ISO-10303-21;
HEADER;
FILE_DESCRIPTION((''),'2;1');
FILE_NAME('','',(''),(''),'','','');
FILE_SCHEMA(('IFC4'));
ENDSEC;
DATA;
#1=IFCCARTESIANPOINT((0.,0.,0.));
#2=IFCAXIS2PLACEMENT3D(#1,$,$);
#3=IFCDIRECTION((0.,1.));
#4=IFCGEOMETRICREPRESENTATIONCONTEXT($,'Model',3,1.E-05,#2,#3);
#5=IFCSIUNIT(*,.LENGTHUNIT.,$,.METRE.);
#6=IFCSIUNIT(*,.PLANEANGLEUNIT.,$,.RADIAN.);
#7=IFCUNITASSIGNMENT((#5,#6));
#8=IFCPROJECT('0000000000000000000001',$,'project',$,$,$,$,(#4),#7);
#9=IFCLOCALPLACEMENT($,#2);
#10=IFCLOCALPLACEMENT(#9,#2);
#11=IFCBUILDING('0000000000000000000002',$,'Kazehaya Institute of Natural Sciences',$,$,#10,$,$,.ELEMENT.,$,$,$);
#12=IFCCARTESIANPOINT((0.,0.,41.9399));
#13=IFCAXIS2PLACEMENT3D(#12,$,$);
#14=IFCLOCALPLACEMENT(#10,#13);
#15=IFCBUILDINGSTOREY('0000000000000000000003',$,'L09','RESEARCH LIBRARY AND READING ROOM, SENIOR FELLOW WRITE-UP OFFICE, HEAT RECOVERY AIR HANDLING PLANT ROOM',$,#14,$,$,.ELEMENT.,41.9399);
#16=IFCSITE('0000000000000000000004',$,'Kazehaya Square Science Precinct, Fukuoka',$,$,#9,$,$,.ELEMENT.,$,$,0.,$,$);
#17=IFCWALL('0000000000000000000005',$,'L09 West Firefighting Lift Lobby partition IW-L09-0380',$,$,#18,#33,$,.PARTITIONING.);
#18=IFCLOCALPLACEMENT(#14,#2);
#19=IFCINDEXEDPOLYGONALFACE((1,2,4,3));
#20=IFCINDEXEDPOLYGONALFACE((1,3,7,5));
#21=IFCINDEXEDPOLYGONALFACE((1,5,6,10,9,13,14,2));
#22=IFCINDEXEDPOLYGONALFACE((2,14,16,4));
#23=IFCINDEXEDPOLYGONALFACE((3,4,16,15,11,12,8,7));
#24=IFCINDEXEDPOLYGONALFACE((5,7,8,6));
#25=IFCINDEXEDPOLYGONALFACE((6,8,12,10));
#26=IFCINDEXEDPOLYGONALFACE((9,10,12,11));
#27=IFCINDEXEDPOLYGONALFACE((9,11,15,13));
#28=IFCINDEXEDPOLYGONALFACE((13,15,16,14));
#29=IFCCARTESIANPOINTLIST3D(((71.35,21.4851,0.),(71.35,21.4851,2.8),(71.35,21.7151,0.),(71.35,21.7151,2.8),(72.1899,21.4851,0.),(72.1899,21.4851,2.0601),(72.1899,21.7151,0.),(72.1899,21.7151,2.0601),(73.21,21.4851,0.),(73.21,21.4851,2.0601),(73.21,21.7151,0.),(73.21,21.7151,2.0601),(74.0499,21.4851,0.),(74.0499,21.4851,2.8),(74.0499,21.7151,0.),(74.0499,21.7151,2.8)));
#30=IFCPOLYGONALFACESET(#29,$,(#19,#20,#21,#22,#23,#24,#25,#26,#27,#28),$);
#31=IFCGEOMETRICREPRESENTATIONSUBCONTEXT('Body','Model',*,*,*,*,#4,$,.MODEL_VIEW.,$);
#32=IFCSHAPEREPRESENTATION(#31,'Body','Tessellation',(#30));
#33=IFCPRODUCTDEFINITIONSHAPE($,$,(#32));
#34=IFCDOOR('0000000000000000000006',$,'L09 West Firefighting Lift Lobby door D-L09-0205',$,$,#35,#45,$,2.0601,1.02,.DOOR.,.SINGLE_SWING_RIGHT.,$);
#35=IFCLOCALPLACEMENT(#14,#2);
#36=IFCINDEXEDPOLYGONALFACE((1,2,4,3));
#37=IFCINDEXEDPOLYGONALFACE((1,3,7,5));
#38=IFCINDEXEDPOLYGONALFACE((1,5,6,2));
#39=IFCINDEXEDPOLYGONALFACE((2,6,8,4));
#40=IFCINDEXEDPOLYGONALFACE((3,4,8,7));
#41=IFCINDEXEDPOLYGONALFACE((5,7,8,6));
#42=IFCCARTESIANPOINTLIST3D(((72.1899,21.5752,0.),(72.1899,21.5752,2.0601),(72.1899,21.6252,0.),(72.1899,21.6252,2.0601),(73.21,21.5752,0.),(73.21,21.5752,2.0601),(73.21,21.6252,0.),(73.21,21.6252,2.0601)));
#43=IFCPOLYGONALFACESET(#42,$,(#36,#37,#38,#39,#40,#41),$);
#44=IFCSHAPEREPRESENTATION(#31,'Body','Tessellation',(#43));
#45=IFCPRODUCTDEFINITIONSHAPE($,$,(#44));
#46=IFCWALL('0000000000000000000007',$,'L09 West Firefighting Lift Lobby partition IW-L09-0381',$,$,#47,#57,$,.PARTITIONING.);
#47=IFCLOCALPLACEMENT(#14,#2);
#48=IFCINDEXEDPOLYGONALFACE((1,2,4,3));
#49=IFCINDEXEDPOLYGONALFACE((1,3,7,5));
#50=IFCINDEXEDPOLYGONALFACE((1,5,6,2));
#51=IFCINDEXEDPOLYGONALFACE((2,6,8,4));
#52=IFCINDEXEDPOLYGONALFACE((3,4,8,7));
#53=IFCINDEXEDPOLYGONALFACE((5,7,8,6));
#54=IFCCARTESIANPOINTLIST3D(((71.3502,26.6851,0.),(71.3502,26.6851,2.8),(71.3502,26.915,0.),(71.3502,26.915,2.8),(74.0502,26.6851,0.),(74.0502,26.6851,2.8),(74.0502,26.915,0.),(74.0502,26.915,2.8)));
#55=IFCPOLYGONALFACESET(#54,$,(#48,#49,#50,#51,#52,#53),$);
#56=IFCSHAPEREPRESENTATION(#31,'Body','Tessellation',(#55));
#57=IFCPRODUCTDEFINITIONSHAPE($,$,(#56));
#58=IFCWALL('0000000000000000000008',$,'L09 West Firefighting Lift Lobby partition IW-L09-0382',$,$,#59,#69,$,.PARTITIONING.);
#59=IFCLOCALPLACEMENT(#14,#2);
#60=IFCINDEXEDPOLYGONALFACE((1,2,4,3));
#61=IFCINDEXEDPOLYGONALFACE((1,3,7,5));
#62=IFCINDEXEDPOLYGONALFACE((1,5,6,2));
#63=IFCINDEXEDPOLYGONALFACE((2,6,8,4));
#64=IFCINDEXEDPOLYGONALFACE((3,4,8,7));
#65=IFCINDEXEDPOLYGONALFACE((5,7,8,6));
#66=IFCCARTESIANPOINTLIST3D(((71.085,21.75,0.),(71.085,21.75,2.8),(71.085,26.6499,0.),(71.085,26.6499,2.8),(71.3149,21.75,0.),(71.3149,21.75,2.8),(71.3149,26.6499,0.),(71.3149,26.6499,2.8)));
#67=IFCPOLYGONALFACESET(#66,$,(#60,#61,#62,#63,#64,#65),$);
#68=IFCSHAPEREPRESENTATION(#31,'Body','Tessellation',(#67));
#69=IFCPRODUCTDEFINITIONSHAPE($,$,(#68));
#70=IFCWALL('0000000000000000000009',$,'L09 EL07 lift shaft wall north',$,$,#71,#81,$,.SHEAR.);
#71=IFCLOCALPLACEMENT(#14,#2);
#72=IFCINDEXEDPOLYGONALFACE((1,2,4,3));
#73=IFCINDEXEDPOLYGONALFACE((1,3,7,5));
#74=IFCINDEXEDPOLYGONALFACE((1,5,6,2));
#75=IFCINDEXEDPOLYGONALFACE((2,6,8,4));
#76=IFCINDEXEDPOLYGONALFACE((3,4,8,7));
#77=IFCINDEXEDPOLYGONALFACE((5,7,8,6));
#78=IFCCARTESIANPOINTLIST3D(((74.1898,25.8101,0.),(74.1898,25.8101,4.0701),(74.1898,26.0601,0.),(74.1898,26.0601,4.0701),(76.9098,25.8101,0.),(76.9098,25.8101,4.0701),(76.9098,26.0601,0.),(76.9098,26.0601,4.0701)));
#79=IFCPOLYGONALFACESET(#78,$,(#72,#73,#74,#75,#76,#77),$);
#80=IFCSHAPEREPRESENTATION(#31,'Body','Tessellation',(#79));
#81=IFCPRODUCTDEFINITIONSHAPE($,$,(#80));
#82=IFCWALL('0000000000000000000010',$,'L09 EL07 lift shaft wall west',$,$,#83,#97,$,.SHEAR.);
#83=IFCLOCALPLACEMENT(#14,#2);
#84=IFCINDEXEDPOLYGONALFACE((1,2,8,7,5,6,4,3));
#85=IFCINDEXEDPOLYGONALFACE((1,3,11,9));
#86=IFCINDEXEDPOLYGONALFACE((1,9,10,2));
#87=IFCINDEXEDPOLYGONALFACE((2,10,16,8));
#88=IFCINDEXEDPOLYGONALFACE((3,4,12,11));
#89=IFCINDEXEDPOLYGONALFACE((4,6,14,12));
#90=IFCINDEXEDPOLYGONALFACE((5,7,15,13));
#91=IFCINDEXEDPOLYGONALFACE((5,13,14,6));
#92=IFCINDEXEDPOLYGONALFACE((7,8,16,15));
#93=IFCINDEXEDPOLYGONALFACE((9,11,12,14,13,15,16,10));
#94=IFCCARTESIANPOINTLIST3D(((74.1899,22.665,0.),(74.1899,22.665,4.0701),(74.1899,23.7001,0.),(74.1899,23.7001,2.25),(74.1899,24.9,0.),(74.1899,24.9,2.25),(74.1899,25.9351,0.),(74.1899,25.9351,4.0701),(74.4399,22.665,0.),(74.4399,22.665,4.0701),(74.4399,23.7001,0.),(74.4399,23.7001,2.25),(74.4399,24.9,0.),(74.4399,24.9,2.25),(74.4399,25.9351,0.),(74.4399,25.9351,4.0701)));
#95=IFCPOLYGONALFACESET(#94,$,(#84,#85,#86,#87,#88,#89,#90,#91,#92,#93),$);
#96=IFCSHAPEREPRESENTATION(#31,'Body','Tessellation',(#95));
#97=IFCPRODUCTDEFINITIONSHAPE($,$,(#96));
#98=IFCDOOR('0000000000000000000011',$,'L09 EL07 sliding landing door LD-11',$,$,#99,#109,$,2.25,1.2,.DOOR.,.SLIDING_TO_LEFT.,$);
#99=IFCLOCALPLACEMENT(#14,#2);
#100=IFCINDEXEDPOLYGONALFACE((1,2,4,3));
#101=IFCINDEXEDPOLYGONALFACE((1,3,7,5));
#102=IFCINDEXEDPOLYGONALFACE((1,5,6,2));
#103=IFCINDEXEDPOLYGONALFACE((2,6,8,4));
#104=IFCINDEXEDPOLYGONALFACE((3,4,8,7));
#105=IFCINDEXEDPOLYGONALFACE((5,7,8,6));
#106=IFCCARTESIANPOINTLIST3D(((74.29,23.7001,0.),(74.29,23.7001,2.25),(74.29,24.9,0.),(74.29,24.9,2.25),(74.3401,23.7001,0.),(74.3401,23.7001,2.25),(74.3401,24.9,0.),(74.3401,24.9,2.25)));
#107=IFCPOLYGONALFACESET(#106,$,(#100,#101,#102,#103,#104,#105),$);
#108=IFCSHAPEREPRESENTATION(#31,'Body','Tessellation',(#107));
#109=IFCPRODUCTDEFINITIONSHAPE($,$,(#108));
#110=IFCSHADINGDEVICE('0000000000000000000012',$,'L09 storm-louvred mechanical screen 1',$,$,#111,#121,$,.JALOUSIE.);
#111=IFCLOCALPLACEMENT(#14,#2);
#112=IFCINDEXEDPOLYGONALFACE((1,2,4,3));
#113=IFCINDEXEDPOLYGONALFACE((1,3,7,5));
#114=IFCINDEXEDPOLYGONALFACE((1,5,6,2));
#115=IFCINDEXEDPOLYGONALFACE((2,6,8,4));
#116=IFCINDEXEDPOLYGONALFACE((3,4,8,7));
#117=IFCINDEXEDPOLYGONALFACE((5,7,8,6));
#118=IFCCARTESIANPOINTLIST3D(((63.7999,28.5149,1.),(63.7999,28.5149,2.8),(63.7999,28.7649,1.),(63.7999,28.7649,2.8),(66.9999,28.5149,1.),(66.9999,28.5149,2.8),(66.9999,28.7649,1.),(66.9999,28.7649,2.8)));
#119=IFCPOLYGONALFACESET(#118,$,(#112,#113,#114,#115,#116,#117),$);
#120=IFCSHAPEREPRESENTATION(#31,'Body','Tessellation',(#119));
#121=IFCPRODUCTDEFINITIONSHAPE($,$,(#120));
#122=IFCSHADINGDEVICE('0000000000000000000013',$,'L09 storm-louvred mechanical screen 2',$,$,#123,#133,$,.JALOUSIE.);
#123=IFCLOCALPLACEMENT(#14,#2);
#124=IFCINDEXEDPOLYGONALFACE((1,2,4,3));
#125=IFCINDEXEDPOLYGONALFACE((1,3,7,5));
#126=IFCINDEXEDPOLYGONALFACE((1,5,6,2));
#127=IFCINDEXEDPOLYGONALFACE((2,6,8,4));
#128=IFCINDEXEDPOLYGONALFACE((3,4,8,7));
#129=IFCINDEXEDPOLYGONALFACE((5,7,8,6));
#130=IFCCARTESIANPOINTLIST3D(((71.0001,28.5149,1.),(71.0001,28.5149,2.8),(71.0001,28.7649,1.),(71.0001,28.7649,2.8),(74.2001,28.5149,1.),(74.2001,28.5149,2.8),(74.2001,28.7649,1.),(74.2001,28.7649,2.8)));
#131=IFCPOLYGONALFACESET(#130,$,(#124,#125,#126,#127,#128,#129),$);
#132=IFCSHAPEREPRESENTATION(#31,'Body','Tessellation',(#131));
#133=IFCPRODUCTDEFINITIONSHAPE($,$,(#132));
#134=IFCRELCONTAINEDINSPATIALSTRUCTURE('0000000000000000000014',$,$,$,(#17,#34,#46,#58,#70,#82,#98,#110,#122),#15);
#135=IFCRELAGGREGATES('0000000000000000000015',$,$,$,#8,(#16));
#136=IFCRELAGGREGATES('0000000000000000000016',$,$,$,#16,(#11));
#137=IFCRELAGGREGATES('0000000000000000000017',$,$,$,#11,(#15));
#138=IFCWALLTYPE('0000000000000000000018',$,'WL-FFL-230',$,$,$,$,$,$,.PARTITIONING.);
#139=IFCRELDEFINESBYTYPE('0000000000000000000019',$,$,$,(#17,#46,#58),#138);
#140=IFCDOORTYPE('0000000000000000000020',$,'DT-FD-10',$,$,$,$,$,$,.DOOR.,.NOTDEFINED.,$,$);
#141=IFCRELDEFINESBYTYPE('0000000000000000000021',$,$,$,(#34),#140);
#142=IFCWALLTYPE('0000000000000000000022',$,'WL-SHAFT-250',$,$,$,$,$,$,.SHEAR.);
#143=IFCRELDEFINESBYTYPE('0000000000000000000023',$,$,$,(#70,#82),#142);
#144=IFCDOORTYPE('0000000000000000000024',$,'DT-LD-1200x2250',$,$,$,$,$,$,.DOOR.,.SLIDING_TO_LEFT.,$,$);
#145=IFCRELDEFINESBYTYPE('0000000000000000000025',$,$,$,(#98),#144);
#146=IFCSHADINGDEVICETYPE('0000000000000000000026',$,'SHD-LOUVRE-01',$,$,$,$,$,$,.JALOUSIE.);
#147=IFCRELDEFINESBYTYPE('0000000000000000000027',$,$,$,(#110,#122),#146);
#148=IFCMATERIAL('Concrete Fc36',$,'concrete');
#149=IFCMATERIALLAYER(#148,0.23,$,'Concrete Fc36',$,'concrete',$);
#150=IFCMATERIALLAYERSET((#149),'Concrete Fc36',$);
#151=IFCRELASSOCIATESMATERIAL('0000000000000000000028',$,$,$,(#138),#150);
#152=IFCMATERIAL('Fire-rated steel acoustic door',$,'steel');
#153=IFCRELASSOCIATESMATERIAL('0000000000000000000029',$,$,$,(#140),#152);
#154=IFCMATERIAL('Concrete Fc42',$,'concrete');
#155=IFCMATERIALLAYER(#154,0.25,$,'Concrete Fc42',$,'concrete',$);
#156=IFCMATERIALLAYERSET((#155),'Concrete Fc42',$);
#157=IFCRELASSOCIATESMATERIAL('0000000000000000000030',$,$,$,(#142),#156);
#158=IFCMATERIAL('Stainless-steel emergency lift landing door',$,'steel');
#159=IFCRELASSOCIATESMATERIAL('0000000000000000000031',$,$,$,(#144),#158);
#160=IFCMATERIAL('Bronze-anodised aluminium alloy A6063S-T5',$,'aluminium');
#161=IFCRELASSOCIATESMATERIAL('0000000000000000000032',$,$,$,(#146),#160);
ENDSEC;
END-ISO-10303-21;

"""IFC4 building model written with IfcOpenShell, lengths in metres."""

from ifc_helpers import new_model, si_unit, direction, frame, frame_2d, origin, origin_2d, place, context, subcontext, project, spatial, rectangle, extrude, material, layer, layer_set, type_object, element, fill, save


model = new_model("IFC4")

# Units and contexts
model_context = context("Model", 3, precision=1e-05, world=origin(), true_north=direction((0.0, 1.0)))
body_context = subcontext(model_context, "Body", "Model", "MODEL_VIEW")
ifc_project = project(units=[si_unit("LENGTHUNIT", "METRE"), si_unit("PLANEANGLEUNIT", "RADIAN")], contexts=[model_context])

# Site, building, storey
site_placement = place(None, origin())
site = spatial("IfcSite", under=ifc_project, at=site_placement, Name="Kazehaya Square Science Precinct, Fukuoka", CompositionType="ELEMENT", RefElevation=0.0)
building_placement = place(site_placement, origin())
building = spatial("IfcBuilding", under=site, at=building_placement, Name="Kazehaya Institute of Natural Sciences", CompositionType="ELEMENT")
storey_placement = place(building_placement, frame((0.0, 0.0, 41.9399)))
storey = spatial("IfcBuildingStorey", under=building, at=storey_placement, Name="L09", Description="RESEARCH LIBRARY AND READING ROOM, SENIOR FELLOW WRITE-UP OFFICE, HEAT RECOVERY AIR HANDLING PLANT ROOM", CompositionType="ELEMENT", Elevation=41.9399)

# Shared definitions
ifc_material_1 = material(Name="Concrete Fc36", Category="concrete")

# Shared definitions
ifc_material_2 = material(Name="Concrete Fc42", Category="concrete")
ifc_material_3 = material(Name="Fire-rated steel acoustic door", Category="steel")

# Wall, opening, door
ifc_layer_1 = layer(ifc_material_1, 0.23, Name="Concrete Fc36", Category="concrete")
ifc_layer_set_1 = layer_set([ifc_layer_1], Name="Concrete Fc36")
wall_type_1 = type_object("IfcWallType", Name="WL-FFL-230", PredefinedType="PARTITIONING", material=ifc_layer_set_1)
wall_1_placement = place(storey_placement, frame((74.05, 21.6001, 0.0), z_axis=(0.0, 0.0, 1.0), x_axis=(-1.0, 0.0, 0.0)))
wall_1 = element("IfcWall", 1, at=wall_1_placement, inside=storey, type_object=wall_type_1, Name="L09 West Firefighting Lift Lobby partition IW-L09-0380", PredefinedType="PARTITIONING", context=body_context, shape_type="SweptSolid", body=[
    extrude(rectangle(XDim=2.7, YDim=0.23, at=frame_2d((1.3501, 0.0))), origin(), (0.0, 0.0, 1.0), 2.8),
])
opening_1_placement = place(wall_1_placement, frame((0.8401, 0.0, 0.0)))
opening_1 = element("IfcOpeningElement", 2, at=opening_1_placement, cuts=wall_1, PredefinedType="OPENING", context=body_context, shape_type="SweptSolid", body=[
    extrude(rectangle(XDim=1.02, YDim=2.0601, at=frame_2d((0.51, 1.03))), frame((0.0, 0.125, 0.0), z_axis=(0.0, -1.0, 0.0), x_axis=(1.0, 0.0, 0.0)), (0.0, 0.0, 1.0), 0.25),
])
door_type_1 = type_object("IfcDoorType", Name="DT-FD-10", OperationType="NOTDEFINED", PredefinedType="DOOR", material=ifc_material_3)
door_1_placement = place(opening_1_placement, origin())
door_1 = element("IfcDoor", 3, at=door_1_placement, inside=storey, type_object=door_type_1, Name="L09 West Firefighting Lift Lobby door D-L09-0205", OperationType="SINGLE_SWING_RIGHT", OverallHeight=2.0601, OverallWidth=1.02, PredefinedType="DOOR", context=body_context, shape_type="SweptSolid", body=[
    extrude(rectangle(XDim=1.02, YDim=2.0601, at=frame_2d((0.51, 1.03))), frame((0.0, 0.0249, 0.0), z_axis=(0.0, -1.0, 0.0), x_axis=(1.0, 0.0, 0.0)), (0.0, 0.0, 1.0), 0.05),
])
fill(opening_1, door_1)

# Walls
wall_2_placement = place(storey_placement, frame((71.3501, 26.8, 0.0), z_axis=(0.0, 0.0, 1.0), x_axis=(1.0, 0.0, 0.0)))
element("IfcWall", 4, at=wall_2_placement, inside=storey, type_object=wall_type_1, Name="L09 West Firefighting Lift Lobby partition IW-L09-0381", PredefinedType="PARTITIONING", context=body_context, shape_type="SweptSolid", body=[
    extrude(rectangle(XDim=2.7, YDim=0.23, at=frame_2d((1.3501, 0.0))), origin(), (0.0, 0.0, 1.0), 2.8),
])
wall_3_placement = place(storey_placement, frame((71.2, 21.75, 0.0), z_axis=(0.0, 0.0, 1.0), x_axis=(0.0, 1.0, 0.0)))
element("IfcWall", 5, at=wall_3_placement, inside=storey, type_object=wall_type_1, Name="L09 West Firefighting Lift Lobby partition IW-L09-0382", PredefinedType="PARTITIONING", context=body_context, shape_type="SweptSolid", body=[
    extrude(rectangle(XDim=4.8999, YDim=0.23, at=frame_2d((2.45, 0.0))), origin(), (0.0, 0.0, 1.0), 2.8),
])
ifc_layer_2 = layer(ifc_material_2, 0.25, Name="Concrete Fc42", Category="concrete")
ifc_layer_set_2 = layer_set([ifc_layer_2], Name="Concrete Fc42")
wall_type_2 = type_object("IfcWallType", Name="WL-SHAFT-250", PredefinedType="SHEAR", material=ifc_layer_set_2)
wall_4_placement = place(storey_placement, frame((74.1899, 25.9351, 0.0), z_axis=(0.0, 0.0, 1.0), x_axis=(1.0, 0.0, 0.0)))
element("IfcWall", 6, at=wall_4_placement, inside=storey, type_object=wall_type_2, Name="L09 EL07 lift shaft wall north", PredefinedType="SHEAR", context=body_context, shape_type="SweptSolid", body=[
    extrude(rectangle(XDim=2.72, YDim=0.25, at=frame_2d((1.3599, 0.0))), origin(), (0.0, 0.0, 1.0), 4.0701),
])

# Wall, opening, door
wall_5_placement = place(storey_placement, frame((74.3149, 22.665, 0.0), z_axis=(0.0, 0.0, 1.0), x_axis=(0.0, 1.0, 0.0)))
wall_5 = element("IfcWall", 7, at=wall_5_placement, inside=storey, type_object=wall_type_2, Name="L09 EL07 lift shaft wall west", PredefinedType="SHEAR", context=body_context, shape_type="SweptSolid", body=[
    extrude(rectangle(XDim=3.27, YDim=0.25, at=frame_2d((1.635, 0.0))), origin(), (0.0, 0.0, 1.0), 4.0701),
])
opening_2_placement = place(wall_5_placement, frame((1.0349, 0.0, 0.0)))
opening_2 = element("IfcOpeningElement", 8, at=opening_2_placement, cuts=wall_5, PredefinedType="OPENING", context=body_context, shape_type="SweptSolid", body=[
    extrude(rectangle(XDim=1.2, YDim=2.25, at=frame_2d((0.6001, 1.125))), frame((0.0, 0.135, 0.0), z_axis=(0.0, -1.0, 0.0), x_axis=(1.0, 0.0, 0.0)), (0.0, 0.0, 1.0), 0.27),
])
ifc_material_4 = material(Name="Stainless-steel emergency lift landing door", Category="steel")
door_type_2 = type_object("IfcDoorType", Name="DT-LD-1200x2250", OperationType="SLIDING_TO_LEFT", PredefinedType="DOOR", material=ifc_material_4)
door_2_placement = place(opening_2_placement, origin())
door_2 = element("IfcDoor", 9, at=door_2_placement, inside=storey, type_object=door_type_2, Name="L09 EL07 sliding landing door LD-11", OperationType="SLIDING_TO_LEFT", OverallHeight=2.25, OverallWidth=1.2, PredefinedType="DOOR", context=body_context, shape_type="SweptSolid", body=[
    extrude(rectangle(XDim=1.2, YDim=2.25, at=frame_2d((0.6001, 1.125))), frame((0.0, 0.0249, 0.0), z_axis=(0.0, -1.0, 0.0), x_axis=(1.0, 0.0, 0.0)), (0.0, 0.0, 1.0), 0.05),
])
fill(opening_2, door_2)

# Shading devices
ifc_material_5 = material(Name="Bronze-anodised aluminium alloy A6063S-T5", Category="aluminium")
shading_device_type = type_object("IfcShadingDeviceType", Name="SHD-LOUVRE-01", PredefinedType="JALOUSIE", material=ifc_material_5)
for number, where, z_axis, x_axis, name in (
    (10, (65.3999, 28.6399, 1.0), (0.0, 0.0, 1.0), (1.0, 0.0, 0.0), "L09 storm-louvred mechanical screen 1"),
    (11, (72.6001, 28.6399, 1.0), (0.0, 0.0, 1.0), (1.0, 0.0, 0.0), "L09 storm-louvred mechanical screen 2"),
):
    element("IfcShadingDevice", number, at=place(storey_placement, frame(where, z_axis=z_axis, x_axis=x_axis)), inside=storey, type_object=shading_device_type, Name=name, PredefinedType="JALOUSIE", context=body_context, shape_type="SweptSolid", body=[
        extrude(rectangle(XDim=3.2, YDim=0.25, at=origin_2d()), origin(), (0.0, 0.0, 1.0), 1.8),
    ])

save(model, "model.ifc")
